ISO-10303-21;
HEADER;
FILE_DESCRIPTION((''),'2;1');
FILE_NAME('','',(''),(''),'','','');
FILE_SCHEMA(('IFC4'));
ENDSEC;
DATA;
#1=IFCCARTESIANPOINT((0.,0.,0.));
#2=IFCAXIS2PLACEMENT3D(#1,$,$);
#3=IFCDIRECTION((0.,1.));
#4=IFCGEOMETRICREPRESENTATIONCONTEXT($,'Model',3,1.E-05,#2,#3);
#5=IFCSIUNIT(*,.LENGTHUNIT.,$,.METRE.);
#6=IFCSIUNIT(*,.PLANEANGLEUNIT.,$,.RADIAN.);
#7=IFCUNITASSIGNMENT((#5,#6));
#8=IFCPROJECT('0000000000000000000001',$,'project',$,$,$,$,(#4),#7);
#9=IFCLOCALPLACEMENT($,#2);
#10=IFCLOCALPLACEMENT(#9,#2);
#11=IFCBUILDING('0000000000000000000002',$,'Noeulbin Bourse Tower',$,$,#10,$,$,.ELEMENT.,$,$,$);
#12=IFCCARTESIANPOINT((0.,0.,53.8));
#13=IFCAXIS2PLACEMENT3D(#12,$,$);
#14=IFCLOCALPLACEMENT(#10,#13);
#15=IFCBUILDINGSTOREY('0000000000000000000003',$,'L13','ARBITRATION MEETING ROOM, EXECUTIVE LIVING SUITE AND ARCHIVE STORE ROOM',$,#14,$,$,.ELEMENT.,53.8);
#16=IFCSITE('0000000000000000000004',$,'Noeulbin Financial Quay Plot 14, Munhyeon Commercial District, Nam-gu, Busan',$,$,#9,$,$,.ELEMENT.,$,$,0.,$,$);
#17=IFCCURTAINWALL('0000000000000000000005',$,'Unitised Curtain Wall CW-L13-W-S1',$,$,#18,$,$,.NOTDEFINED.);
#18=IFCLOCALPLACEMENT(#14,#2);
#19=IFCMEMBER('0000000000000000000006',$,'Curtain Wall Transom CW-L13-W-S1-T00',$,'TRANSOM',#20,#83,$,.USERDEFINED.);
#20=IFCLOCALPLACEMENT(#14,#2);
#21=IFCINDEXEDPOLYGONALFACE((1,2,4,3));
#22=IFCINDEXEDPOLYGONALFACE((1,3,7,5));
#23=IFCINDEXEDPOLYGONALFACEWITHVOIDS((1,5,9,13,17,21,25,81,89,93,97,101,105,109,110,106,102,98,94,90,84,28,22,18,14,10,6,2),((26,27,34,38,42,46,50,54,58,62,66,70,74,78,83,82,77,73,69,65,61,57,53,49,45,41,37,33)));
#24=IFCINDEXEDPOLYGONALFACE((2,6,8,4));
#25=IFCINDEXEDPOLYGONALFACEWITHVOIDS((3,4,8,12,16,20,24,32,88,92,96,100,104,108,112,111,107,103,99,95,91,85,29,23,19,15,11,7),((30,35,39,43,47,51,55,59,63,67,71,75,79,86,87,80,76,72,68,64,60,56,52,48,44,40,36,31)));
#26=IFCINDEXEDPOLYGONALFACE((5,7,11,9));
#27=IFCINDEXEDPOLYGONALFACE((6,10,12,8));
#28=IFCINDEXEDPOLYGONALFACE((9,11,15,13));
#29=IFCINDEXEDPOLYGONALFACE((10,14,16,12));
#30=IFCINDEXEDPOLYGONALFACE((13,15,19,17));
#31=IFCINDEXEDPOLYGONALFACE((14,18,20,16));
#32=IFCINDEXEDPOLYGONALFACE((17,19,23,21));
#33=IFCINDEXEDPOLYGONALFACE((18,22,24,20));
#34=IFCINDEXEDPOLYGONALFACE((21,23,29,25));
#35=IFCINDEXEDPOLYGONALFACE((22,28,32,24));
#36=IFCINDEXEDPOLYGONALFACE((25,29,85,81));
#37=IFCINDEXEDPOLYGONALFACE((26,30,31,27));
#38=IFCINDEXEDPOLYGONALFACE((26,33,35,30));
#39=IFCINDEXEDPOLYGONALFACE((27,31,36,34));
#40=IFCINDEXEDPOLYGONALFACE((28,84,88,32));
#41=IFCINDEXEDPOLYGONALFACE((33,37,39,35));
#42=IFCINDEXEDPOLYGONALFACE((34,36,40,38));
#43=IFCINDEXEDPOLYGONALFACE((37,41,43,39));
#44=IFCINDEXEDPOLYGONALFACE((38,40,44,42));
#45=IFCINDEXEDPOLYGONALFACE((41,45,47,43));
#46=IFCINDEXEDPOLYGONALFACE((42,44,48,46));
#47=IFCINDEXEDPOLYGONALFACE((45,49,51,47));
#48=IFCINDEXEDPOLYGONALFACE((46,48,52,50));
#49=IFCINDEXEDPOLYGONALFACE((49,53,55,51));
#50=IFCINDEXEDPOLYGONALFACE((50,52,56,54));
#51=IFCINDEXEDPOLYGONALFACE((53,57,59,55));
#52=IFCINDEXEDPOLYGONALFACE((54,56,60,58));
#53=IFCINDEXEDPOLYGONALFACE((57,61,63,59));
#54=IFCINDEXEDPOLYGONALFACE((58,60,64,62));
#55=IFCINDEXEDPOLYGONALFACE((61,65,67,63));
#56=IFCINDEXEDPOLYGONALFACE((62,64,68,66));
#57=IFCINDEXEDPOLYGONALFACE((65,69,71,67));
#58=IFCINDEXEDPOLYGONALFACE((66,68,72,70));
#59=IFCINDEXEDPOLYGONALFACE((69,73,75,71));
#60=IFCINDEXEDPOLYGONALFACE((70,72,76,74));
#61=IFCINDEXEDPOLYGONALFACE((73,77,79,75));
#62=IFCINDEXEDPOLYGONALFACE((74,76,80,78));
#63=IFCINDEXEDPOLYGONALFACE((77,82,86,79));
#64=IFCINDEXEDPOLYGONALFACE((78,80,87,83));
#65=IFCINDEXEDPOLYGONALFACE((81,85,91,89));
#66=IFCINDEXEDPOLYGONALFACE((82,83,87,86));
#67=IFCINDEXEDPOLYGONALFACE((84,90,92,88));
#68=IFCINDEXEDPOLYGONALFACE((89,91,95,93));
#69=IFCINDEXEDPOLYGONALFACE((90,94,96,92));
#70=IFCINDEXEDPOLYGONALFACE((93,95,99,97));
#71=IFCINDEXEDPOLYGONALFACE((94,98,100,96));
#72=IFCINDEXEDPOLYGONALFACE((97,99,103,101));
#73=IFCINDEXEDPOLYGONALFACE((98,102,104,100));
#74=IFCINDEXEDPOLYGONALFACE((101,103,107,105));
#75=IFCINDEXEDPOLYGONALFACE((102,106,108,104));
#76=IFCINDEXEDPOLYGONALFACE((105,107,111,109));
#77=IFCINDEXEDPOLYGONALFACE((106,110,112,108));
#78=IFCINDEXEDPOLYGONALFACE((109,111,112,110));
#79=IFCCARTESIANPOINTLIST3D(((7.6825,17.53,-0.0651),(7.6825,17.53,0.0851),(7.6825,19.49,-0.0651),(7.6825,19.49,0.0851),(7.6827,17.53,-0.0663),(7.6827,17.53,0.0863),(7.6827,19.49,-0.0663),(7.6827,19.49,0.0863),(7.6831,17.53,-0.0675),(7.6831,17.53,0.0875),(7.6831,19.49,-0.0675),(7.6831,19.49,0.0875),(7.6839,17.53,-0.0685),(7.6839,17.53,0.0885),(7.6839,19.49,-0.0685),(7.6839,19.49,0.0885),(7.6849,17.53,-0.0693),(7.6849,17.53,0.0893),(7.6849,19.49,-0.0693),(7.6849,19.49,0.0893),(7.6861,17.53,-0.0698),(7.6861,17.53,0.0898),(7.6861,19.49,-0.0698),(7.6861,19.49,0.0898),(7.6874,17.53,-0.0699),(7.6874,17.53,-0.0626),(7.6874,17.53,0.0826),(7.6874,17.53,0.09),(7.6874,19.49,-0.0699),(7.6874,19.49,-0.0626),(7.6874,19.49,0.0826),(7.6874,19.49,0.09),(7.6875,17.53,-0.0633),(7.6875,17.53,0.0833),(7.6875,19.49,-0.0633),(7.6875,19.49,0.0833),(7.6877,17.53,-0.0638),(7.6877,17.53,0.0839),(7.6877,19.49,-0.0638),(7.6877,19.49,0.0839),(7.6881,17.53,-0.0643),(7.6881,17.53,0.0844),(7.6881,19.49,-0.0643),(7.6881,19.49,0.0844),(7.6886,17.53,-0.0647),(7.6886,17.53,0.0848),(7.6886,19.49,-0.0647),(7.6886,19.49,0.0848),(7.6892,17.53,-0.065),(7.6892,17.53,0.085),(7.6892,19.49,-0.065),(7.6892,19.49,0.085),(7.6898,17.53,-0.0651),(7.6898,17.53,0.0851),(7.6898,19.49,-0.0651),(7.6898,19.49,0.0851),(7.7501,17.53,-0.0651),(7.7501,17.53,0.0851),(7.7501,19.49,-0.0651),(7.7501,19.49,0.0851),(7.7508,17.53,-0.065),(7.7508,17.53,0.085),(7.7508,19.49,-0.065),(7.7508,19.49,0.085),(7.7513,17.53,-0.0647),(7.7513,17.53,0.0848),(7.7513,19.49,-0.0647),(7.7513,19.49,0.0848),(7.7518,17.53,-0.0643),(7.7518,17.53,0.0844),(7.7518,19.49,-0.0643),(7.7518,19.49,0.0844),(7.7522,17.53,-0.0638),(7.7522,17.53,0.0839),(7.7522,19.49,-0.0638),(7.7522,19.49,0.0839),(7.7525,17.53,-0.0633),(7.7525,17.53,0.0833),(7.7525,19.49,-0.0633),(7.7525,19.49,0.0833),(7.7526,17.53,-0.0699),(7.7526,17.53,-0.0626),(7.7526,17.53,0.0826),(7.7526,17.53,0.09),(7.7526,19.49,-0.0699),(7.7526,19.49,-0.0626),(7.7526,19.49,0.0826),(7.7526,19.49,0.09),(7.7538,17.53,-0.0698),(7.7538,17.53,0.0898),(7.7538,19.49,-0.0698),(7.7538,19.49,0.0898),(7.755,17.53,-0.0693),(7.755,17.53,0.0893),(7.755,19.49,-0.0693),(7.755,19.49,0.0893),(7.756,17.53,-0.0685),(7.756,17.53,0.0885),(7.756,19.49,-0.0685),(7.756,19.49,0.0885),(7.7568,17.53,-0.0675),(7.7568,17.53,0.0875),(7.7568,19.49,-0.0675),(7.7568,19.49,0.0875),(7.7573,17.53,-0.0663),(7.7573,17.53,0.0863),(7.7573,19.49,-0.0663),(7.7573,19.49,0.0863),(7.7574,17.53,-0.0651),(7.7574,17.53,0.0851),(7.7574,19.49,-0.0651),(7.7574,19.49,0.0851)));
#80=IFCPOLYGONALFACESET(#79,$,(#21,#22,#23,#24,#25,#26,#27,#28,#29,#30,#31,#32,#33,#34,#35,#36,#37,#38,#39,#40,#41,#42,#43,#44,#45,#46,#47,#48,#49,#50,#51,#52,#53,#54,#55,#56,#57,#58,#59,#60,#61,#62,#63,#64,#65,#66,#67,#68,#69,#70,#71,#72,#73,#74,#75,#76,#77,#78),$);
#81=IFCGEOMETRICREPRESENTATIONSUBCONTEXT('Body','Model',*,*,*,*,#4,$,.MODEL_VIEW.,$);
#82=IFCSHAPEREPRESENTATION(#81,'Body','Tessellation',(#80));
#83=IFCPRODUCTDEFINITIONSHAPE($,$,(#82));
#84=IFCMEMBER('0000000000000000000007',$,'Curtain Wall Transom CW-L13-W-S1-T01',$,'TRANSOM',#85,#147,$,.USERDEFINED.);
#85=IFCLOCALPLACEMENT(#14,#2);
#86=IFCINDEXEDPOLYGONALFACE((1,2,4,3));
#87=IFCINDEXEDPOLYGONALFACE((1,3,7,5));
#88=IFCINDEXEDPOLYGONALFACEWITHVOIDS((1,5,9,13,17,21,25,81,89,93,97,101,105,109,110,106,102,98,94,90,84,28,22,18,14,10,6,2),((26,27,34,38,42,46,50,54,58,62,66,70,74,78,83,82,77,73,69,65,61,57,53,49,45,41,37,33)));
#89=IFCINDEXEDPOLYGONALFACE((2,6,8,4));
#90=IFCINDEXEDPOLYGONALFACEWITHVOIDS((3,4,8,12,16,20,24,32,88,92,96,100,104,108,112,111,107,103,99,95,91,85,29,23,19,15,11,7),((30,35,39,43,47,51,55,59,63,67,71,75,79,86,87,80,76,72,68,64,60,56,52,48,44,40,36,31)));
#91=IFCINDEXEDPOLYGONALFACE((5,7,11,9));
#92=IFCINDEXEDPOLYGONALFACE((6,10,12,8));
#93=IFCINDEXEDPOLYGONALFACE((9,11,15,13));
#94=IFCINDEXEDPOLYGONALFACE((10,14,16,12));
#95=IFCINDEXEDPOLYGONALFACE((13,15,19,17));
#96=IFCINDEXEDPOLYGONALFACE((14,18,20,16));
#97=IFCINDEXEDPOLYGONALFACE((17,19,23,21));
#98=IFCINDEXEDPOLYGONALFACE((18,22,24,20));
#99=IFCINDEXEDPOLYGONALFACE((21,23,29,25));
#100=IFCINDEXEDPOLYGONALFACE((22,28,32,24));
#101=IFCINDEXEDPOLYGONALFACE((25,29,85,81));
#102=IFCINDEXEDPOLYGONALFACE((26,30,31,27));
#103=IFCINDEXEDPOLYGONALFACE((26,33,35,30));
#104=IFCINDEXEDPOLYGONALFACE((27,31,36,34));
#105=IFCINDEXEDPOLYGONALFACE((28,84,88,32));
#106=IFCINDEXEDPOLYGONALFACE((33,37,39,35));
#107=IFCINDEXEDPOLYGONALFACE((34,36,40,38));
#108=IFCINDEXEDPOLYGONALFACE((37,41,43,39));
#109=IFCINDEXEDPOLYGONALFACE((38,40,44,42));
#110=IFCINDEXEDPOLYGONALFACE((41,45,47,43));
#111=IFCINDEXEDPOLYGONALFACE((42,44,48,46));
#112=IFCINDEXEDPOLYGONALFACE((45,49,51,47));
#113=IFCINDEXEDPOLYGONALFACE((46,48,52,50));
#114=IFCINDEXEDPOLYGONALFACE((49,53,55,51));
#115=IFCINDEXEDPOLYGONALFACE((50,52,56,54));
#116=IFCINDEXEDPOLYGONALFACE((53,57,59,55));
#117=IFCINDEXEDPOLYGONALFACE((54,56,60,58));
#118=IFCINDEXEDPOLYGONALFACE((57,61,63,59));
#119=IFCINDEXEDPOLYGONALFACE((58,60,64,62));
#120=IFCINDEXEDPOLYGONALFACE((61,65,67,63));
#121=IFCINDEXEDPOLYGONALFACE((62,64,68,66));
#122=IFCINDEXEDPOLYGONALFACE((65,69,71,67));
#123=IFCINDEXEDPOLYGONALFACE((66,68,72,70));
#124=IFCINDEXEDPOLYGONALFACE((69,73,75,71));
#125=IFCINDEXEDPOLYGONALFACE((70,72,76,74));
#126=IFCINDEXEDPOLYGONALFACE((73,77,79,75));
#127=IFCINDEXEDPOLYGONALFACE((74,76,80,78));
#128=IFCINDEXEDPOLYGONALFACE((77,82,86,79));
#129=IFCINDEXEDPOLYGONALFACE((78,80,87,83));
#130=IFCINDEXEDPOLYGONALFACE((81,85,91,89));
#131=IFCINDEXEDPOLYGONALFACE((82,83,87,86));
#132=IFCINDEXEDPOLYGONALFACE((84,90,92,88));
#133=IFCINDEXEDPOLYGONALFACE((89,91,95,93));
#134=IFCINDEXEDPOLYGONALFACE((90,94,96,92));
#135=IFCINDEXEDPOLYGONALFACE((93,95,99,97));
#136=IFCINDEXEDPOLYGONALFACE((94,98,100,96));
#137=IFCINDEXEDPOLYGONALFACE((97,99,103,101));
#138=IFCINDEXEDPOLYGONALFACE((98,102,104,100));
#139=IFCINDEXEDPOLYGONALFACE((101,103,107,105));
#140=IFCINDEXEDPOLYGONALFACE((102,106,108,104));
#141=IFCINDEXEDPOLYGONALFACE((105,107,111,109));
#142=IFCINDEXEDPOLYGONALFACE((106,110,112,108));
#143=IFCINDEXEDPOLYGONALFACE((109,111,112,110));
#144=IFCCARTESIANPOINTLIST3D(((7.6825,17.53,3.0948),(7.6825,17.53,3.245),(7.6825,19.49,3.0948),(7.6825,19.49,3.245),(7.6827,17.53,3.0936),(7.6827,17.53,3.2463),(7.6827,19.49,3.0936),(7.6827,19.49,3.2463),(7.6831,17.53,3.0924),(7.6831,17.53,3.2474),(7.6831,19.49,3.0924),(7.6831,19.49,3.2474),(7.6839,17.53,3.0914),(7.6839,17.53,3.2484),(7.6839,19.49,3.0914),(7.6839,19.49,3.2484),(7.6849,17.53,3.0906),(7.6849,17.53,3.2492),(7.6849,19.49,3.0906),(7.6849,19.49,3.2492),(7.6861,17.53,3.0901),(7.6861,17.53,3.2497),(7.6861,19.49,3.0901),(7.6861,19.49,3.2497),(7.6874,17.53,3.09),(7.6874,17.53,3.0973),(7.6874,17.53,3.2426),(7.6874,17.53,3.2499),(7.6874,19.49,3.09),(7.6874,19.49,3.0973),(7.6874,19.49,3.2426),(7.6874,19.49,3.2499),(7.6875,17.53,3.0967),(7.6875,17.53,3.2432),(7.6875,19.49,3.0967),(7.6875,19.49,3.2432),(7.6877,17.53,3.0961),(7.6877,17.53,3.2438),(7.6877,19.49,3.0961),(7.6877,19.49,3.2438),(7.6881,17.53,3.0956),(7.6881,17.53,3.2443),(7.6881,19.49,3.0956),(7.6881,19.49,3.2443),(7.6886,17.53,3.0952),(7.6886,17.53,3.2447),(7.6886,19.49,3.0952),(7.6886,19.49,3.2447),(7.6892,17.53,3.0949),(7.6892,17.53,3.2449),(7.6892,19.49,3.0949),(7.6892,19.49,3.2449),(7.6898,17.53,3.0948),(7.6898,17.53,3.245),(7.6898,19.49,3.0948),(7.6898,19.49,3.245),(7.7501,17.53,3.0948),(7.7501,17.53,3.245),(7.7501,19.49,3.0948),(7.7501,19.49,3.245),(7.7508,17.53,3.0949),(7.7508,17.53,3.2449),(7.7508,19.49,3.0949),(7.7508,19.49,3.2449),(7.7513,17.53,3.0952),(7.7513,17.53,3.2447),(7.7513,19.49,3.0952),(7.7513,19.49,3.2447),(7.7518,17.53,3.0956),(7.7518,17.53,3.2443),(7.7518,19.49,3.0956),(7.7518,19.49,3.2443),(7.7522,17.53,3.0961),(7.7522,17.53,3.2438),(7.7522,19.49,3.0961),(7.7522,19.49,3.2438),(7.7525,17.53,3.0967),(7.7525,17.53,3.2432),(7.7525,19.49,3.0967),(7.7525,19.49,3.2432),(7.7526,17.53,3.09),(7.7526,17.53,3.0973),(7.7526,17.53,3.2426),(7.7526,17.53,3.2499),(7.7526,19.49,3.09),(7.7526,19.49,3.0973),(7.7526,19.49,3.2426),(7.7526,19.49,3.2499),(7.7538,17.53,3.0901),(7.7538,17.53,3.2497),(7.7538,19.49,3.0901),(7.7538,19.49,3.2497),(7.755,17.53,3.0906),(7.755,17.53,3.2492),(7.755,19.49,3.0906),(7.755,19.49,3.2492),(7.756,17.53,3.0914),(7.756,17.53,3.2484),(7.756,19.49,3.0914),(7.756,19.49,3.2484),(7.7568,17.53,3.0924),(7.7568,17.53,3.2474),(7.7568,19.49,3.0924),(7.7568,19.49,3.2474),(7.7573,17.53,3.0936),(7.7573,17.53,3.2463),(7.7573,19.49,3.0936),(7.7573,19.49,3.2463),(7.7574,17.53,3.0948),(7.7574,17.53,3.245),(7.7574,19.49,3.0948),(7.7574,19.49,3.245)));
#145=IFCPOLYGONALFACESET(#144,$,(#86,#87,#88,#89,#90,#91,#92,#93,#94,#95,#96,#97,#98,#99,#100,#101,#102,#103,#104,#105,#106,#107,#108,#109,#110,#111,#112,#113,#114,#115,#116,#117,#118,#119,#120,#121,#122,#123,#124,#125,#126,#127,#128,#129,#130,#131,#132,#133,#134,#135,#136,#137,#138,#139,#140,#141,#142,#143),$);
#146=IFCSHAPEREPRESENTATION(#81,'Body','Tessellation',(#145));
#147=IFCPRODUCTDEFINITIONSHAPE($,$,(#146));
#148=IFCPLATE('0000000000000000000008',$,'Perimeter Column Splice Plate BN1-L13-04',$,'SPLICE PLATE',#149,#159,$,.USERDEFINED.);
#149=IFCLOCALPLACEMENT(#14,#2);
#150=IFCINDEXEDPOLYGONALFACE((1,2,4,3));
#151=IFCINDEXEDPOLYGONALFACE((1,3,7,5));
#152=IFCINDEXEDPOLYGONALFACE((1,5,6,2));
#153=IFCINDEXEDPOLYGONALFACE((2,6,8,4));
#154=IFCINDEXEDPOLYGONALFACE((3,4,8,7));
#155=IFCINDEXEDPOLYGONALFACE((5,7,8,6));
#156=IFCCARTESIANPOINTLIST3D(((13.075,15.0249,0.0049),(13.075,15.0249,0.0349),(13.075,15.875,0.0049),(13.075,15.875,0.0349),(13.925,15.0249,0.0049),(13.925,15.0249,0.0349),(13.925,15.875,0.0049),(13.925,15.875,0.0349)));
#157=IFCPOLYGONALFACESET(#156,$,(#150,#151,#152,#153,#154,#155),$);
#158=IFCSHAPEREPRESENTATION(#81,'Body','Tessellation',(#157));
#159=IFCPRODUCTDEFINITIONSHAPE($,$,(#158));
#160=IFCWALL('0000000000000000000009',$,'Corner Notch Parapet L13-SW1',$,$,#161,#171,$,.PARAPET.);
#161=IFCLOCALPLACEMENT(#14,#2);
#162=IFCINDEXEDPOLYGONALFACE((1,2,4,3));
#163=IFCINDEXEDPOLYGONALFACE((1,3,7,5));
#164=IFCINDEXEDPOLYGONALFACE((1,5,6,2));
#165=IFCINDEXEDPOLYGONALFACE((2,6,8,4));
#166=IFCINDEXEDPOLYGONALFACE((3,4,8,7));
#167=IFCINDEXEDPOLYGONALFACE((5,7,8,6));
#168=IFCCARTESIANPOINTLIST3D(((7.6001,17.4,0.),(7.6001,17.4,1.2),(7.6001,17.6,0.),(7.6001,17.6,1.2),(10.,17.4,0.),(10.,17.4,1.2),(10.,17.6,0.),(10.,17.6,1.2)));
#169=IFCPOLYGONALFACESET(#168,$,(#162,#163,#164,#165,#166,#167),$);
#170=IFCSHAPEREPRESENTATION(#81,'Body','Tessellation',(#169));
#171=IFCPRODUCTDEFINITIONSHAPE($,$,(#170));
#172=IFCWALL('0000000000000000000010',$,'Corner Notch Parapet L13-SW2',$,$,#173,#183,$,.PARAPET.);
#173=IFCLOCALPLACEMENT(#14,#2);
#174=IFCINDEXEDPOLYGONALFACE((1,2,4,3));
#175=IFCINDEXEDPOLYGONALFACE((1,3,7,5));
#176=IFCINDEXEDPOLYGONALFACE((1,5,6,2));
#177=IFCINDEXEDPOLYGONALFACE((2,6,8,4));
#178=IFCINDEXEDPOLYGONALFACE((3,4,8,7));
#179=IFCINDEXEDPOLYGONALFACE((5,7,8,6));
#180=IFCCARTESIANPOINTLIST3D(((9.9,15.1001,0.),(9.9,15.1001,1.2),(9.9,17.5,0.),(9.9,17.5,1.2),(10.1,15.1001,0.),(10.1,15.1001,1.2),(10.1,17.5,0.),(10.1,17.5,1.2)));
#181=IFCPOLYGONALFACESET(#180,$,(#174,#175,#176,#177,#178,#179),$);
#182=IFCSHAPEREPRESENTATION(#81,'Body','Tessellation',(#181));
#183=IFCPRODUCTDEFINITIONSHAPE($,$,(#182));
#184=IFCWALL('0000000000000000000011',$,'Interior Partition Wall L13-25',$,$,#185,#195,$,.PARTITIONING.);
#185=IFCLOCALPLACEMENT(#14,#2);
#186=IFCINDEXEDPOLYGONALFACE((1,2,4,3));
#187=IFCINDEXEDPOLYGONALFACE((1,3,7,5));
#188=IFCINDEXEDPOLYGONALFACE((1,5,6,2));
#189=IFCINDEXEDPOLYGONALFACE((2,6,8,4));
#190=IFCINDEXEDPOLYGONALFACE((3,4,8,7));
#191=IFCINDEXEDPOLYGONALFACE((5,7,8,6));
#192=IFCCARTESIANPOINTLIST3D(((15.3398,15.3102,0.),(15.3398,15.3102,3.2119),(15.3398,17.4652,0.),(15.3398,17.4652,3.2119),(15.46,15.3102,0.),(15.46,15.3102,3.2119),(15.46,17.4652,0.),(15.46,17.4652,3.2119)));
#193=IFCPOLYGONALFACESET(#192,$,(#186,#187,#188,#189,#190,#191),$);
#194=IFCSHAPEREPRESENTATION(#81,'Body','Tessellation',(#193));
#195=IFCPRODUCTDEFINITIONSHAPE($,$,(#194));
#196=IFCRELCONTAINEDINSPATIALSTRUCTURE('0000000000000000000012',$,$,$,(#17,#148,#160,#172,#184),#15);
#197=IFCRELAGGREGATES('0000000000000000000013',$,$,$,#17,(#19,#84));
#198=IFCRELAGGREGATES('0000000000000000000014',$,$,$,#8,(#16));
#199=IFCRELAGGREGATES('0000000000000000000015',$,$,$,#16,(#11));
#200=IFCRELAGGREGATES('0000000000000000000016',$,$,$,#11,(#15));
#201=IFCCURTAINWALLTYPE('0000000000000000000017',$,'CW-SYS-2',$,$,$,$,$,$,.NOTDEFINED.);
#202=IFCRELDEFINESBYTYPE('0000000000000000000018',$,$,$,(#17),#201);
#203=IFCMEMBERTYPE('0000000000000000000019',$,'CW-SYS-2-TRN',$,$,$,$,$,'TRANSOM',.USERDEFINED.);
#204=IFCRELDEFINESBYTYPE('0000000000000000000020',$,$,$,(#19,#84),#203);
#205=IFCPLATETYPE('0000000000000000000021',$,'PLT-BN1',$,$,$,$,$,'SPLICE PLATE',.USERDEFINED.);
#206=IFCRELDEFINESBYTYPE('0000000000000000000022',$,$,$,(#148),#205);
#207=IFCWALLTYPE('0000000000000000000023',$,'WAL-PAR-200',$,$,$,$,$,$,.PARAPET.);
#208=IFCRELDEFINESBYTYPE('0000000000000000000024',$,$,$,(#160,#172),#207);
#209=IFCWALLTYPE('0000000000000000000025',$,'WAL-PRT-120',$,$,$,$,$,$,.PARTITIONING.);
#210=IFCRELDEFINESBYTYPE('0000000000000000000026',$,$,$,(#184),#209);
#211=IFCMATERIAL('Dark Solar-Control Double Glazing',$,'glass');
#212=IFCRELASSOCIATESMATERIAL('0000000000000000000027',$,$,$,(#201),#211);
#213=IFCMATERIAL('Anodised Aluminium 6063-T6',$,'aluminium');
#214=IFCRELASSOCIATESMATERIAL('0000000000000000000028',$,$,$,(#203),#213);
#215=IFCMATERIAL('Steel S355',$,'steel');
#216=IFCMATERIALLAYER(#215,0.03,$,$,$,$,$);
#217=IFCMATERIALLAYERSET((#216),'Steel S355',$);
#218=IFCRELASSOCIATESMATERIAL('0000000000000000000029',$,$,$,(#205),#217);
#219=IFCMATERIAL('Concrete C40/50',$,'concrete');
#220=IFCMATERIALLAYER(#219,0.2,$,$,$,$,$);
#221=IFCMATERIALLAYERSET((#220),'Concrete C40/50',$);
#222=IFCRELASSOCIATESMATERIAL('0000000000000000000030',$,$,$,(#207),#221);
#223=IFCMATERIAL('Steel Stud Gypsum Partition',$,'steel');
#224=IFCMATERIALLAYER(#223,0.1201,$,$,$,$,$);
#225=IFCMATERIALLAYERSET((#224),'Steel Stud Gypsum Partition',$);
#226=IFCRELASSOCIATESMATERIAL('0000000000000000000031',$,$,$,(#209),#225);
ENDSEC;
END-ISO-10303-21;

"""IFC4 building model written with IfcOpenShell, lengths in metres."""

from ifc_helpers import new_model, si_unit, direction, frame, frame_2d, origin, origin_2d, place, context, subcontext, project, spatial, rectangle, hollow_rectangle, extrude, material, layer, layer_set, material_profile, profile_set, type_object, element, aggregate, save


model = new_model("IFC4")

# Units and contexts
model_context = context("Model", 3, precision=1e-05, world=origin(), true_north=direction((0.0, 1.0)))
body_context = subcontext(model_context, "Body", "Model", "MODEL_VIEW")
ifc_project = project(units=[si_unit("LENGTHUNIT", "METRE"), si_unit("PLANEANGLEUNIT", "RADIAN")], contexts=[model_context])

# Site, building, storey
site_placement = place(None, origin())
site = spatial("IfcSite", under=ifc_project, at=site_placement, Name="Noeulbin Financial Quay Plot 14, Munhyeon Commercial District, Nam-gu, Busan", CompositionType="ELEMENT", RefElevation=0.0)
building_placement = place(site_placement, origin())
building = spatial("IfcBuilding", under=site, at=building_placement, Name="Noeulbin Bourse Tower", CompositionType="ELEMENT")
storey_placement = place(building_placement, frame((0.0, 0.0, 53.8)))
storey = spatial("IfcBuildingStorey", under=building, at=storey_placement, Name="L13", Description="ARBITRATION MEETING ROOM, EXECUTIVE LIVING SUITE AND ARCHIVE STORE ROOM", CompositionType="ELEMENT", Elevation=53.8)

# Shared definitions
ifc_material_1 = material(Name="Steel S355", Category="steel")

# Curtain wall
ifc_material_2 = material(Name="Dark Solar-Control Double Glazing", Category="glass")
curtain_wall_type = type_object("IfcCurtainWallType", Name="CW-SYS-2", PredefinedType="NOTDEFINED", material=ifc_material_2)
curtain_wall_1_placement = place(storey_placement, origin())
curtain_wall_1 = element("IfcCurtainWall", 1, at=curtain_wall_1_placement, inside=storey, type_object=curtain_wall_type, Name="Unitised Curtain Wall CW-L13-W-S1", PredefinedType="NOTDEFINED")
ifc_material_3 = material(Name="Anodised Aluminium 6063-T6", Category="aluminium")
ifc_material_profile_1 = material_profile(ifc_material_3, hollow_rectangle(XDim=0.075, YDim=0.1599, WallThickness=0.0049, InnerFilletRadius=0.0024, OuterFilletRadius=0.0049, at=origin_2d()), Name="ALU-TRAN-75x160x5", Category="LoadBearing")
ifc_profile_set_1 = profile_set([ifc_material_profile_1], Name="Anodised Aluminium 6063-T6")
member_type_1 = type_object("IfcMemberType", Name="CW-SYS-2-TRN", ElementType="TRANSOM", PredefinedType="USERDEFINED", material=ifc_profile_set_1)

# Members
member_1_placement = place(storey_placement, frame((7.72, 17.53, 0.01), z_axis=(0.0, 1.0, 0.0), x_axis=(-1.0, 0.0, 0.0)))
member_1 = element("IfcMember", 2, at=member_1_placement, type_object=member_type_1, Name="Curtain Wall Transom CW-L13-W-S1-T00", ObjectType="TRANSOM", PredefinedType="USERDEFINED", context=body_context, shape_type="SweptSolid", body=[
    extrude(hollow_rectangle(XDim=0.075, YDim=0.1599, WallThickness=0.0049, InnerFilletRadius=0.0024, OuterFilletRadius=0.0049, at=origin_2d()), origin(), (0.0, 0.0, 1.0), 1.96),
])
member_2_placement = place(storey_placement, frame((7.72, 17.53, 3.1699), z_axis=(0.0, 1.0, 0.0), x_axis=(-1.0, 0.0, 0.0)))
member_2 = element("IfcMember", 3, at=member_2_placement, type_object=member_type_1, Name="Curtain Wall Transom CW-L13-W-S1-T01", ObjectType="TRANSOM", PredefinedType="USERDEFINED", context=body_context, shape_type="SweptSolid", body=[
    extrude(hollow_rectangle(XDim=0.075, YDim=0.1599, WallThickness=0.0049, InnerFilletRadius=0.0024, OuterFilletRadius=0.0049, at=origin_2d()), origin(), (0.0, 0.0, 1.0), 1.96),
])
aggregate(curtain_wall_1, [member_1, member_2])

# Plate
ifc_layer_1 = layer(ifc_material_1, 0.03)
ifc_layer_set_1 = layer_set([ifc_layer_1], Name="Steel S355")
plate_type = type_object("IfcPlateType", Name="PLT-BN1", ElementType="SPLICE PLATE", PredefinedType="USERDEFINED", material=ifc_layer_set_1)
plate_placement = place(storey_placement, frame((13.5, 15.45, 0.0049), z_axis=(0.0, 0.0, 1.0), x_axis=(1.0, 0.0, 0.0)))
element("IfcPlate", 4, at=plate_placement, inside=storey, type_object=plate_type, Name="Perimeter Column Splice Plate BN1-L13-04", ObjectType="SPLICE PLATE", PredefinedType="USERDEFINED", context=body_context, shape_type="SweptSolid", body=[
    extrude(rectangle(XDim=0.8501, YDim=0.8501, at=origin_2d()), origin(), (0.0, 0.0, 1.0), 0.03),
])

# Walls
ifc_material_4 = material(Name="Concrete C40/50", Category="concrete")
ifc_layer_2 = layer(ifc_material_4, 0.2)
ifc_layer_set_2 = layer_set([ifc_layer_2], Name="Concrete C40/50")
wall_type_1 = type_object("IfcWallType", Name="WAL-PAR-200", PredefinedType="PARAPET", material=ifc_layer_set_2)
for number, where, z_axis, x_axis, name in (
    (5, (7.6001, 17.5, 0.0), (0.0, 0.0, 1.0), (1.0, 0.0, 0.0), "Corner Notch Parapet L13-SW1"),
    (6, (10.0, 17.5, 0.0), (0.0, 0.0, 1.0), (0.0, -1.0, 0.0), "Corner Notch Parapet L13-SW2"),
):
    element("IfcWall", number, at=place(storey_placement, frame(where, z_axis=z_axis, x_axis=x_axis)), inside=storey, type_object=wall_type_1, Name=name, PredefinedType="PARAPET", context=body_context, shape_type="SweptSolid", body=[
        extrude(rectangle(XDim=2.3999, YDim=0.2, at=frame_2d((1.2, 0.0))), origin(), (0.0, 0.0, 1.0), 1.2),
    ])
ifc_material_5 = material(Name="Steel Stud Gypsum Partition", Category="steel")
ifc_layer_3 = layer(ifc_material_5, 0.1201)
ifc_layer_set_3 = layer_set([ifc_layer_3], Name="Steel Stud Gypsum Partition")
wall_type_2 = type_object("IfcWallType", Name="WAL-PRT-120", PredefinedType="PARTITIONING", material=ifc_layer_set_3)
wall_1_placement = place(storey_placement, frame((15.3999, 15.3101, 0.0), z_axis=(0.0, 0.0, 1.0), x_axis=(0.0, 1.0, 0.0)))
element("IfcWall", 7, at=wall_1_placement, inside=storey, type_object=wall_type_2, Name="Interior Partition Wall L13-25", PredefinedType="PARTITIONING", context=body_context, shape_type="SweptSolid", body=[
    extrude(rectangle(XDim=2.155, YDim=0.1201, at=frame_2d((1.0776, 0.0))), origin(), (0.0, 0.0, 1.0), 3.2119),
])

save(model, "model.ifc")
